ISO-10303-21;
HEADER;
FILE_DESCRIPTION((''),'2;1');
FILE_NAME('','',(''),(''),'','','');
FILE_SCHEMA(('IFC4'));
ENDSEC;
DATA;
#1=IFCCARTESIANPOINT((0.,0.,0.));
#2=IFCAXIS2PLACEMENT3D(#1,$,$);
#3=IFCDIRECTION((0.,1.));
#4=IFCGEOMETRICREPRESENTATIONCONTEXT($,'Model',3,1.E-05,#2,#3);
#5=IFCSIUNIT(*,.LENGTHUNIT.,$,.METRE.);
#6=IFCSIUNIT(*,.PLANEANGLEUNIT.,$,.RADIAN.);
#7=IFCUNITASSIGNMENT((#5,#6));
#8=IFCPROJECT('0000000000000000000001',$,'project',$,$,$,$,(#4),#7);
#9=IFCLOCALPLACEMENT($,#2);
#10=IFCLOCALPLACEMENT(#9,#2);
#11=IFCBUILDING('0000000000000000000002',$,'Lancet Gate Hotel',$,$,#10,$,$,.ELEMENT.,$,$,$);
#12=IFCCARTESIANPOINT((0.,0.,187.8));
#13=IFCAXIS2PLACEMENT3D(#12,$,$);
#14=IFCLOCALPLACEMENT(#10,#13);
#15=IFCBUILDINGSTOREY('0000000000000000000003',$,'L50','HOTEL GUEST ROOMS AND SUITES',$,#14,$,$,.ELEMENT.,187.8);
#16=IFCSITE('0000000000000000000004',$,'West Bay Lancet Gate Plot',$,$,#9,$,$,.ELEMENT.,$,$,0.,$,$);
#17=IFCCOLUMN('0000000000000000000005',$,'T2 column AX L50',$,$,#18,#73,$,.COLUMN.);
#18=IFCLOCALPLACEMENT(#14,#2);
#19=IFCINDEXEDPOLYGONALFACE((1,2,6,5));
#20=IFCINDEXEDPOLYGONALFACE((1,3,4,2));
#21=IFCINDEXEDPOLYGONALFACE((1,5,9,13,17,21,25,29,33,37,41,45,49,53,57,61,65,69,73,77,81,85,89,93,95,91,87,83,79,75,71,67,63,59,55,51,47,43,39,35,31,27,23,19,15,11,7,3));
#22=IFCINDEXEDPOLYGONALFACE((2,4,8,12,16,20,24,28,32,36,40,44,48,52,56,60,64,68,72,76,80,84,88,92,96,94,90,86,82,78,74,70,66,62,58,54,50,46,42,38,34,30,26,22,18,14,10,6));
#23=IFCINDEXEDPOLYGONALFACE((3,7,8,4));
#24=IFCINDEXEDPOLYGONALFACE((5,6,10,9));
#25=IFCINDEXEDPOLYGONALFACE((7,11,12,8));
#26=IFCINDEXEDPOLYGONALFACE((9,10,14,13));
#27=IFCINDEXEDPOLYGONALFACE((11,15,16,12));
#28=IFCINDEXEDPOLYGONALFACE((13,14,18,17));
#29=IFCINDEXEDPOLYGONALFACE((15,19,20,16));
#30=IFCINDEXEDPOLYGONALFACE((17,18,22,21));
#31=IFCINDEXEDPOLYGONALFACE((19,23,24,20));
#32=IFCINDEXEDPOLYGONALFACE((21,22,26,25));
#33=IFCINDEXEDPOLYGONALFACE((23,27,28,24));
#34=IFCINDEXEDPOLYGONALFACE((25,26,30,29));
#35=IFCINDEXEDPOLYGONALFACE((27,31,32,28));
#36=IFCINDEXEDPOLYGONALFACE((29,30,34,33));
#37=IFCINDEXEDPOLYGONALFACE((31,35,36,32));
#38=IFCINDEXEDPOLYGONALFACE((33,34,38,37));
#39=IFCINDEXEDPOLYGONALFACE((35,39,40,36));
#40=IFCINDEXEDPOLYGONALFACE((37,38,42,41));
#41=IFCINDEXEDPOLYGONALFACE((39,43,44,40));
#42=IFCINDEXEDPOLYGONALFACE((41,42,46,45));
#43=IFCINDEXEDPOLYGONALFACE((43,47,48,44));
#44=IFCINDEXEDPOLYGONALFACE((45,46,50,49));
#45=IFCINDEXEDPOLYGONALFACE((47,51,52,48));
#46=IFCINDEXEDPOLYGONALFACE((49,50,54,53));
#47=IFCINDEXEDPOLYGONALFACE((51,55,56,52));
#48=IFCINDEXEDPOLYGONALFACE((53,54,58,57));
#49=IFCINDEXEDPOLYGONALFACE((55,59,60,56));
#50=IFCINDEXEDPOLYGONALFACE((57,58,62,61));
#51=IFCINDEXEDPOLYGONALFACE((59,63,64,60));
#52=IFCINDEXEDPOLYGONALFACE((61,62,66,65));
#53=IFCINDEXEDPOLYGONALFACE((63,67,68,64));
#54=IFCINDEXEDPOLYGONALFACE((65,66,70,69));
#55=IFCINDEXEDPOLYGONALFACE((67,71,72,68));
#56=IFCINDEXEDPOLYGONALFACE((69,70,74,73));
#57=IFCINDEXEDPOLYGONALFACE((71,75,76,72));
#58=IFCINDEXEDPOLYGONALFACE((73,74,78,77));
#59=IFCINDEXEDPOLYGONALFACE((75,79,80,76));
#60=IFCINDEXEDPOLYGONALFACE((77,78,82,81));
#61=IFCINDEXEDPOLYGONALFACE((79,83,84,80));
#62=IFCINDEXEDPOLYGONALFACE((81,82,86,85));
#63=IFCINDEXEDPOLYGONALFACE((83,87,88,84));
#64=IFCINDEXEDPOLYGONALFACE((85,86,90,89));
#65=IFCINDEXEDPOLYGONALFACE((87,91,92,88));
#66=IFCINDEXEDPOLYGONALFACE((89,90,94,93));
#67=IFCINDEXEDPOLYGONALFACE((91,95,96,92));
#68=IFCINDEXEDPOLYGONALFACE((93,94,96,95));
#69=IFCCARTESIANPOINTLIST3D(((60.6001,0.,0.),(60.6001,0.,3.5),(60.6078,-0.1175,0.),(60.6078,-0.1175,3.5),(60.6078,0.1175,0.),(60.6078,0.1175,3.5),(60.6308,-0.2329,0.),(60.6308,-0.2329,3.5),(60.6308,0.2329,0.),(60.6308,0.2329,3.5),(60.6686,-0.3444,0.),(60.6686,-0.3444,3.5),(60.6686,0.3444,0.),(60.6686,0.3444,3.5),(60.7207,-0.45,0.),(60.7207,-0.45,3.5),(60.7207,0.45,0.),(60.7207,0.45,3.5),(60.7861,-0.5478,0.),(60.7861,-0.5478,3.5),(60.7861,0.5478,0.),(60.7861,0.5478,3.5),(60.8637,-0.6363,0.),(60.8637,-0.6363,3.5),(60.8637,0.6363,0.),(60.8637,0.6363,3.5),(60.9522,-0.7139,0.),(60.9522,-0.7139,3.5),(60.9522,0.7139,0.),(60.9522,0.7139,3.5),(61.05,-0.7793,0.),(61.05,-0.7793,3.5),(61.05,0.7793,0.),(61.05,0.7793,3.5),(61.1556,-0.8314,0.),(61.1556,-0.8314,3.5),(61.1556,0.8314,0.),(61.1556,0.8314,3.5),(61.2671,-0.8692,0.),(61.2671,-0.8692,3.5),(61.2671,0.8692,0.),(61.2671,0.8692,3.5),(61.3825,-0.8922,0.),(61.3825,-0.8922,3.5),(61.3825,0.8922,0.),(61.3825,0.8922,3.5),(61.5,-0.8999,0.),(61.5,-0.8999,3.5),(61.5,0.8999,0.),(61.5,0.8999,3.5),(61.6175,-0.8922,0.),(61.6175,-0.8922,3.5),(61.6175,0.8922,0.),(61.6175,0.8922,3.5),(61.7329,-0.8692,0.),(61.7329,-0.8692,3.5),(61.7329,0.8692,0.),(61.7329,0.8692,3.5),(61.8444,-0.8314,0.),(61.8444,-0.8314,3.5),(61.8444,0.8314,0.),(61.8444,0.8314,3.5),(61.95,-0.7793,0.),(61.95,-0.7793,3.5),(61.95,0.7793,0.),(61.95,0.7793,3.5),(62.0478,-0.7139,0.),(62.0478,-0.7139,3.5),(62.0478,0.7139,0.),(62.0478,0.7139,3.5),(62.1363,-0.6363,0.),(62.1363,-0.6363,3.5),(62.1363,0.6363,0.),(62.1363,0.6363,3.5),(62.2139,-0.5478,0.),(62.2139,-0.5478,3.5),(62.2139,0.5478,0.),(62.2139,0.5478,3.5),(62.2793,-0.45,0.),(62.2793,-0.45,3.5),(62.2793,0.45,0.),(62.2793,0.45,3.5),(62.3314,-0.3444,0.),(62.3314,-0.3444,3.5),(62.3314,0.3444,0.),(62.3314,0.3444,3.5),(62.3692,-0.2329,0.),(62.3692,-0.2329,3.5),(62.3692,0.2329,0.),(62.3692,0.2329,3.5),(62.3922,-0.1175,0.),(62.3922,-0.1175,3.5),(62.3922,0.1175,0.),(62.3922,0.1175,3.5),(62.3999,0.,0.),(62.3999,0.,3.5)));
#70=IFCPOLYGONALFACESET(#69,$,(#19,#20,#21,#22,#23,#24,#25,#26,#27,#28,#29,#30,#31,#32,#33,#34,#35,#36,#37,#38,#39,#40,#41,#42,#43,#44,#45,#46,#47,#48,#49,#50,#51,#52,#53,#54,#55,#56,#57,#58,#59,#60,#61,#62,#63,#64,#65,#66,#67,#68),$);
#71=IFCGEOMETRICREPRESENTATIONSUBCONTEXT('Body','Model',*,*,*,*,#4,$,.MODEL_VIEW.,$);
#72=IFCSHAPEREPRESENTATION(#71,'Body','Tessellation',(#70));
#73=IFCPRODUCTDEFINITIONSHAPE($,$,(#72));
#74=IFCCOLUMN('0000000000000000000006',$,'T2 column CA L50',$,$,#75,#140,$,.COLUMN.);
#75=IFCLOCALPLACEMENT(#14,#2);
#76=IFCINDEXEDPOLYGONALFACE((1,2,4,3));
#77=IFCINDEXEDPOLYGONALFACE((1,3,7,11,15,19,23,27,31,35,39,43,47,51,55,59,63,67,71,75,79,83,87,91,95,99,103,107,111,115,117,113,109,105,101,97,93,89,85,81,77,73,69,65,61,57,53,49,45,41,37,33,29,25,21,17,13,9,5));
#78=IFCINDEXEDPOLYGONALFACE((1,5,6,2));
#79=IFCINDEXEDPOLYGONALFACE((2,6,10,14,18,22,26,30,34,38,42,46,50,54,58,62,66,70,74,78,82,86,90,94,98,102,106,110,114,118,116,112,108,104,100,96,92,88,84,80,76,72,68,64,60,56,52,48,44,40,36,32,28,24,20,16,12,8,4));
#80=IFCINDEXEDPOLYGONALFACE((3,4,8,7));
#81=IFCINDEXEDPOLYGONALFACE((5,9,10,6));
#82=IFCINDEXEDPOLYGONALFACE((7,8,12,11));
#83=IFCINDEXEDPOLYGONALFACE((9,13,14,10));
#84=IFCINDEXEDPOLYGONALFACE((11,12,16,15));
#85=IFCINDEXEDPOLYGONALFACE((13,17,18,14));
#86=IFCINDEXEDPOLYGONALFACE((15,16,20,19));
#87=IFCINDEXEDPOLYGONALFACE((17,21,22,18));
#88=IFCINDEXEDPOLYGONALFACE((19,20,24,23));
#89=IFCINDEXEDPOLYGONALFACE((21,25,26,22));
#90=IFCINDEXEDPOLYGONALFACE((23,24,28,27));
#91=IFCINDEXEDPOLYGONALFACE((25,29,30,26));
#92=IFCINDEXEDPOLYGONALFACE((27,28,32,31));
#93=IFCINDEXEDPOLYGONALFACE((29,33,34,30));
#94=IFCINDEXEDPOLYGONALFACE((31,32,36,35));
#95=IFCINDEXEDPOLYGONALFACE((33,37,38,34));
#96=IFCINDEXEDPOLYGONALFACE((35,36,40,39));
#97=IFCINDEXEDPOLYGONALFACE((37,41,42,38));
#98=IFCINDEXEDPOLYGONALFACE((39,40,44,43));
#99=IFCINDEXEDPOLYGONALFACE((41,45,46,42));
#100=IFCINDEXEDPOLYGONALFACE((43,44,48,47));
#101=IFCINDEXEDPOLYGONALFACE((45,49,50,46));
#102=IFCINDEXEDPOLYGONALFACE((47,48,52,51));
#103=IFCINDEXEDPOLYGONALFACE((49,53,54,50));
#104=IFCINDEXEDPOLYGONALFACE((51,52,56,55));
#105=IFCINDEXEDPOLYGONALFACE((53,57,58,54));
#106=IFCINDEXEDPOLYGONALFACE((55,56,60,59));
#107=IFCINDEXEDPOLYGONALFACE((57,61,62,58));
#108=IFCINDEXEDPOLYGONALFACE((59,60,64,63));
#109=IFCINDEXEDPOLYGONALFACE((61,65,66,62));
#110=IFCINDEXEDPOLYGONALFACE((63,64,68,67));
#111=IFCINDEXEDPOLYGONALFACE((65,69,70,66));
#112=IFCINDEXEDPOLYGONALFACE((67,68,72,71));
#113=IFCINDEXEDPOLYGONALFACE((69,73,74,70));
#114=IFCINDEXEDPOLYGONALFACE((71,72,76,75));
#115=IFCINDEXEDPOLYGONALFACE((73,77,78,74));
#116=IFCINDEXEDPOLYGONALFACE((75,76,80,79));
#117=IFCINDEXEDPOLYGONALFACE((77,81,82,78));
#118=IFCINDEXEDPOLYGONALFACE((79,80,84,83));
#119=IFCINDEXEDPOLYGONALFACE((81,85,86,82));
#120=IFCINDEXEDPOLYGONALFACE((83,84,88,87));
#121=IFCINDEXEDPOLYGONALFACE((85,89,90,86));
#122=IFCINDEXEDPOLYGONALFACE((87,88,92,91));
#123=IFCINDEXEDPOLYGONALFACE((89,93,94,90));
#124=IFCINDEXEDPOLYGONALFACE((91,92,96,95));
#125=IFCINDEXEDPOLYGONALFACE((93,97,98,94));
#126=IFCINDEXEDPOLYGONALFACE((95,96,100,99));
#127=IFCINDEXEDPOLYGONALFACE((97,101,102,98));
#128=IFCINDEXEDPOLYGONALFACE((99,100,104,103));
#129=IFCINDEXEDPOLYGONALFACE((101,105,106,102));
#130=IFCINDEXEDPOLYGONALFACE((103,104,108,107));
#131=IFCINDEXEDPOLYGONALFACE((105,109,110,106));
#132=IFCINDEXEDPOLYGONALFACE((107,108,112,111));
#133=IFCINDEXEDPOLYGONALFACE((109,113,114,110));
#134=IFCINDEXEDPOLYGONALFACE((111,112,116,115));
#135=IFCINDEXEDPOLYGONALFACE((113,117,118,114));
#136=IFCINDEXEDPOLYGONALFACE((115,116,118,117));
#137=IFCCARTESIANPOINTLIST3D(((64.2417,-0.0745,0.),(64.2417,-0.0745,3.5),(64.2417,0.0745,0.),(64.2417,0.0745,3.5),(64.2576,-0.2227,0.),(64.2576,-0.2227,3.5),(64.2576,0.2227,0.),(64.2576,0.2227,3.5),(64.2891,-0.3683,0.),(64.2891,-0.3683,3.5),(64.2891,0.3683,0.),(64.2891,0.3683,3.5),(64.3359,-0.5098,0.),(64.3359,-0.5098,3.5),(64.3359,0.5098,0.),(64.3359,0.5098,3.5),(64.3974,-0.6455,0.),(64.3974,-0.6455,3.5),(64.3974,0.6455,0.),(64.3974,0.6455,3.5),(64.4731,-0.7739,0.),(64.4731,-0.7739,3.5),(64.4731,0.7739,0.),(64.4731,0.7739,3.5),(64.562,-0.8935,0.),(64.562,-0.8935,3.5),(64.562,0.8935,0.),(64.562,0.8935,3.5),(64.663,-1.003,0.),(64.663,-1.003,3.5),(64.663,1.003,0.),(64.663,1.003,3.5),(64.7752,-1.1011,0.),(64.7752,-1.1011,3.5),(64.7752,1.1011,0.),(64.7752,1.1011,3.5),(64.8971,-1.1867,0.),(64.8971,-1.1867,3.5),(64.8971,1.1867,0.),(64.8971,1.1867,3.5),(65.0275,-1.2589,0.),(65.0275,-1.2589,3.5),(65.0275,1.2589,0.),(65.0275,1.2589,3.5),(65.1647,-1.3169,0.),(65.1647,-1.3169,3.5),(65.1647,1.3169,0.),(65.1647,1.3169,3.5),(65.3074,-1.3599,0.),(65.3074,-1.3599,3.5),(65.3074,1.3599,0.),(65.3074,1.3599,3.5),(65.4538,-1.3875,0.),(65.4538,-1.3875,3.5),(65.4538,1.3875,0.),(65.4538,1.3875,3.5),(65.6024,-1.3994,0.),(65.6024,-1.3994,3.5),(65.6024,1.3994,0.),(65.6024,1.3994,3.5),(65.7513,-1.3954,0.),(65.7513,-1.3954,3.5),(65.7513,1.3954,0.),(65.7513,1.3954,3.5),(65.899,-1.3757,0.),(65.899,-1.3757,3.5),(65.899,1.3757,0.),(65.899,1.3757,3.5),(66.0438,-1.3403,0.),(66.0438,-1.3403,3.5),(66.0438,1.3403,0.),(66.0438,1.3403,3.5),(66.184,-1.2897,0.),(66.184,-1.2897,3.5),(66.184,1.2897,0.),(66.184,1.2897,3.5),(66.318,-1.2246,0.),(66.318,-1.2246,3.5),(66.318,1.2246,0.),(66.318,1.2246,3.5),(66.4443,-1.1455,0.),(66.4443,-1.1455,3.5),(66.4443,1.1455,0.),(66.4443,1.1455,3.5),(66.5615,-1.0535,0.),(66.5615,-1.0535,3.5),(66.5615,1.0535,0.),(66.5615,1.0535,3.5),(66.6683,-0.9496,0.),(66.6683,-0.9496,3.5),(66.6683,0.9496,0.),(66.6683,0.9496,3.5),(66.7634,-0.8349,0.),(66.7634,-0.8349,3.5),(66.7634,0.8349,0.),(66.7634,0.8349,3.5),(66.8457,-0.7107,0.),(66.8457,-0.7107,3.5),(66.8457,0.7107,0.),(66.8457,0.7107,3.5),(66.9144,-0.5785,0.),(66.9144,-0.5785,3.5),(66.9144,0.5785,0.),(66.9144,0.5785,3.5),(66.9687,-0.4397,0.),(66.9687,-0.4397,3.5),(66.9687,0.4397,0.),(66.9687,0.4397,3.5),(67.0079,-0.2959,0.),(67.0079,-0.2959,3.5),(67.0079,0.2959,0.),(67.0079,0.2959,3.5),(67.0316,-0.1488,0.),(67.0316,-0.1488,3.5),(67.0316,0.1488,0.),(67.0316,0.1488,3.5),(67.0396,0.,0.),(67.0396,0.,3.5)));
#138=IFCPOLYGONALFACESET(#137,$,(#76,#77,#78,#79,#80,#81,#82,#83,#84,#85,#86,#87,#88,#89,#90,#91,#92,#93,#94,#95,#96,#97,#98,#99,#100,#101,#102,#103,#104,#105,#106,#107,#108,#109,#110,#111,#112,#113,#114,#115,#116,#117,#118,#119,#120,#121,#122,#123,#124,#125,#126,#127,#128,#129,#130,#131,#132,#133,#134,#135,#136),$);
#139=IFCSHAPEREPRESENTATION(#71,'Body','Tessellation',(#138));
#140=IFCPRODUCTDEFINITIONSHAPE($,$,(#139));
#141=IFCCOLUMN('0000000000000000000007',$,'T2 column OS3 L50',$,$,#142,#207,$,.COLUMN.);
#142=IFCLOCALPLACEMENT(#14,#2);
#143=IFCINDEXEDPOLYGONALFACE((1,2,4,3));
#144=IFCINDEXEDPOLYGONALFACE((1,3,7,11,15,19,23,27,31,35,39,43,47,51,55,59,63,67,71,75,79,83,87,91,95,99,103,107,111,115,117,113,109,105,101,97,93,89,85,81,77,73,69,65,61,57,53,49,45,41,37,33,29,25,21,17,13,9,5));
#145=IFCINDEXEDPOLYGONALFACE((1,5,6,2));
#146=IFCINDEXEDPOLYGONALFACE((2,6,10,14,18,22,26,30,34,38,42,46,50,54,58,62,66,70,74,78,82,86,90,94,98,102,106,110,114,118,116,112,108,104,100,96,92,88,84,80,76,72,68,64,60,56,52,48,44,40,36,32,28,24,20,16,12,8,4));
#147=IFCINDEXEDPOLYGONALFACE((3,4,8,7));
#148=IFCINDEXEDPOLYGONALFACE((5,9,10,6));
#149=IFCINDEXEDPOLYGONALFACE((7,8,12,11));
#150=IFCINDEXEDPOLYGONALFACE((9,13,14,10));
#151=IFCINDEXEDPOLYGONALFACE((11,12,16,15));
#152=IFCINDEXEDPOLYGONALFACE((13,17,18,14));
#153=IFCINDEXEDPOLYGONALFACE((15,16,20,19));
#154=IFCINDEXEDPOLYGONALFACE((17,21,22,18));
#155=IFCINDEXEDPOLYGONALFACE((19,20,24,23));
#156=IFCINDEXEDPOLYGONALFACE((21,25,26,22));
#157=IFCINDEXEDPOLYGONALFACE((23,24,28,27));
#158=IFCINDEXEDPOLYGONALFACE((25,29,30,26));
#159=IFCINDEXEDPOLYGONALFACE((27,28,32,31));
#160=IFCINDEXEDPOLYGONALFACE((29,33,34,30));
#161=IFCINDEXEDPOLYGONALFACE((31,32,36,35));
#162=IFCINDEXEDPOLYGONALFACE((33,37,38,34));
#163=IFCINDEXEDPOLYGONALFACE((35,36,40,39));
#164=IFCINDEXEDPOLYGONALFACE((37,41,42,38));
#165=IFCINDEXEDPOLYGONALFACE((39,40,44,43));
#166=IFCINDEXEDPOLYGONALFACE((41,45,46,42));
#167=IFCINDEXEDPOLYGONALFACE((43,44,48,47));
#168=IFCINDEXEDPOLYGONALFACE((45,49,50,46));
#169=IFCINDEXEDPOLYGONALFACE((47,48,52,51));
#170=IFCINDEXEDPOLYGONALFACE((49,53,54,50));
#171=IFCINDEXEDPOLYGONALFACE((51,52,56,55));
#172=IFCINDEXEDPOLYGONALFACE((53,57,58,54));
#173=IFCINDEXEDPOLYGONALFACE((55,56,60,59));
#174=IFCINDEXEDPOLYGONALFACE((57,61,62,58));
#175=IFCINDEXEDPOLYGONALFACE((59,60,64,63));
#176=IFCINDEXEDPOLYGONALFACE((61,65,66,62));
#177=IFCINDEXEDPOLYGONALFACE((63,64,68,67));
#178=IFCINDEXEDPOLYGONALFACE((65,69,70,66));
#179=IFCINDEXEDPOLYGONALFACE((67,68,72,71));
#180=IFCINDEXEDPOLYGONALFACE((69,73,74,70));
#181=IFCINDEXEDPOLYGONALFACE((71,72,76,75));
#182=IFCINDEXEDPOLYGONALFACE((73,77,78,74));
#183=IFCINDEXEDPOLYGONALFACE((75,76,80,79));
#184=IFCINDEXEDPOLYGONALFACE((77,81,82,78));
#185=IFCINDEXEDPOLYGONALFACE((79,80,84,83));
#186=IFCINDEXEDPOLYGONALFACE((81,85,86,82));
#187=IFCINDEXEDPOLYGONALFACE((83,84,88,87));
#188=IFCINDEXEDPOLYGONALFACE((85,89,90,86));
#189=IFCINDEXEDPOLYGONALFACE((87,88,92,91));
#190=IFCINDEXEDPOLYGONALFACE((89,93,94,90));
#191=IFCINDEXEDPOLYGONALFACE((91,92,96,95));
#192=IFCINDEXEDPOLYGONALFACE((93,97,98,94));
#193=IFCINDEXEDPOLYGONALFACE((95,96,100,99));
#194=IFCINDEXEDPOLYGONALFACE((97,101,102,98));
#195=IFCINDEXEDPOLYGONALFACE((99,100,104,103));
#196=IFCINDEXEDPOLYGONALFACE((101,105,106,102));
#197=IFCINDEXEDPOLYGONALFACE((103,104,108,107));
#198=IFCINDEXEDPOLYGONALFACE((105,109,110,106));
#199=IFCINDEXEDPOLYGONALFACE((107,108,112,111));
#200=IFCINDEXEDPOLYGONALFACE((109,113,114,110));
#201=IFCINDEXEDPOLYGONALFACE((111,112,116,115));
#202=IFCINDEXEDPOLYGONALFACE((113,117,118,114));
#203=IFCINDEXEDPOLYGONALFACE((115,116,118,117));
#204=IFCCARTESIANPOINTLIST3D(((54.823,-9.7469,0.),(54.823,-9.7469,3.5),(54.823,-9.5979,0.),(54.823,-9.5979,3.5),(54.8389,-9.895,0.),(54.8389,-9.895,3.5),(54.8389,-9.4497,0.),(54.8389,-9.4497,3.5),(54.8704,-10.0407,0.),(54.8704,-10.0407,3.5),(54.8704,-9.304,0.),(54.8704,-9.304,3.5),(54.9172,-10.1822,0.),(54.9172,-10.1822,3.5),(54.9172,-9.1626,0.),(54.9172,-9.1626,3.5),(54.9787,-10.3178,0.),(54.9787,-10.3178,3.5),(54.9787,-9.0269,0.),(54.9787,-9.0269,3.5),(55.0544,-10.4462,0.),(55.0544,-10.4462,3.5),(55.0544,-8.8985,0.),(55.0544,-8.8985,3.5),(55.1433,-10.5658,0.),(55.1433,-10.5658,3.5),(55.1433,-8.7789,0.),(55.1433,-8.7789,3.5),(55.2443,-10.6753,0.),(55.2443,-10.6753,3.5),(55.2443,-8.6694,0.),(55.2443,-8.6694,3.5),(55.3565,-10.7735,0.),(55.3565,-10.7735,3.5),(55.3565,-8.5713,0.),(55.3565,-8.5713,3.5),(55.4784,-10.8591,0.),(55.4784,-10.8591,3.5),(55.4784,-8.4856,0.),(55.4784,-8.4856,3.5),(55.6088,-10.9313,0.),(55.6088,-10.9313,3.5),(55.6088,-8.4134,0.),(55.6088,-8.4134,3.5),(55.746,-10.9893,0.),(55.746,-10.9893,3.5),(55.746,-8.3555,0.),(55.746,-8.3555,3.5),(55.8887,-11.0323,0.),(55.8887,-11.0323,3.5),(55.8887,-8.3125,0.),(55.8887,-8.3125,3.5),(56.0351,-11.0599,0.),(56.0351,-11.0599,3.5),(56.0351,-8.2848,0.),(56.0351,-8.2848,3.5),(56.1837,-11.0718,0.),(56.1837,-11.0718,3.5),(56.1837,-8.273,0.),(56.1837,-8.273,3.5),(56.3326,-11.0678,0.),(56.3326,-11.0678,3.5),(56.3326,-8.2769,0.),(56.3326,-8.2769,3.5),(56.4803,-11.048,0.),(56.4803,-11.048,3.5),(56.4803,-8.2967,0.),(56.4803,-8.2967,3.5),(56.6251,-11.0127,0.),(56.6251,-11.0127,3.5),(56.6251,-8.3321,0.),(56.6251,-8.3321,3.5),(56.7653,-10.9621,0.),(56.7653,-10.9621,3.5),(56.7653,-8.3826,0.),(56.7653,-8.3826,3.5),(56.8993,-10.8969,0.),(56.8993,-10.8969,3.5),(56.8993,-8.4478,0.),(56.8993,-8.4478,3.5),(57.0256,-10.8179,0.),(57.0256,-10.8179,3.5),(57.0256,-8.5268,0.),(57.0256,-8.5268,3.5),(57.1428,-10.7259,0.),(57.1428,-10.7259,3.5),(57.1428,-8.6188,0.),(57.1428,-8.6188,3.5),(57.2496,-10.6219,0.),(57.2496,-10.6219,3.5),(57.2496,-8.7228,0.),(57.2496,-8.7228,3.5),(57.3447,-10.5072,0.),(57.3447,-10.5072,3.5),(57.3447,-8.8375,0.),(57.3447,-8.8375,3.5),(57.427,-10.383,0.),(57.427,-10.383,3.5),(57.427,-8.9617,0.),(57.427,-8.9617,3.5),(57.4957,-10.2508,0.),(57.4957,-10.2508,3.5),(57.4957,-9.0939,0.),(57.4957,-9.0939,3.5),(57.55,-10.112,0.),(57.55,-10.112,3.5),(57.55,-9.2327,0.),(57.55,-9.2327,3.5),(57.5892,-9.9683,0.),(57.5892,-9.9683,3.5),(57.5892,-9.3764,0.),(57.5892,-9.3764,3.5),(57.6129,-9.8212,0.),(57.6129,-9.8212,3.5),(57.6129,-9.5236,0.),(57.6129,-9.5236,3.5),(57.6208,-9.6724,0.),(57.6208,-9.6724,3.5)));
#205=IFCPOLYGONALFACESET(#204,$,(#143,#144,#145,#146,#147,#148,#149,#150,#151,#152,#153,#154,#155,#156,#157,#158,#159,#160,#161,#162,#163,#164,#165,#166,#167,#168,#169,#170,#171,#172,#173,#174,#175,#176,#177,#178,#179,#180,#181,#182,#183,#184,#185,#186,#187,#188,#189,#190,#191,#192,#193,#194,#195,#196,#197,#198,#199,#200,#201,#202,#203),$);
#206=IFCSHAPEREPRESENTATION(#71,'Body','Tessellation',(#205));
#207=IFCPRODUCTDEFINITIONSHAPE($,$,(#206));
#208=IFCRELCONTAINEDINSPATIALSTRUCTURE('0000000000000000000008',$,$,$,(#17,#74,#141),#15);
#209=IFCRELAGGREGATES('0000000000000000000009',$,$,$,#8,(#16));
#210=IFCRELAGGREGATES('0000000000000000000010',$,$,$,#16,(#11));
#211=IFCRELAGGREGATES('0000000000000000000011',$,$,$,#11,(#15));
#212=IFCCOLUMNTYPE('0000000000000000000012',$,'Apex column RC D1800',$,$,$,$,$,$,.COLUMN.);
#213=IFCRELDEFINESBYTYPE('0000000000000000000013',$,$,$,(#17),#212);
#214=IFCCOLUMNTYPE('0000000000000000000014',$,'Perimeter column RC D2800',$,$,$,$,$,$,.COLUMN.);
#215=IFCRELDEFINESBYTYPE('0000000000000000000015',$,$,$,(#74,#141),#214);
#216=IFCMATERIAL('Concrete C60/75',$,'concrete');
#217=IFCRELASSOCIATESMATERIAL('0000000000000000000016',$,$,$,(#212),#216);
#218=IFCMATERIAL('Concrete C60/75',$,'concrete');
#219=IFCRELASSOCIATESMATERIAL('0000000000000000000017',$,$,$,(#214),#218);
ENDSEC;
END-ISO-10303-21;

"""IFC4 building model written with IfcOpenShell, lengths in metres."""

from ifc_helpers import new_model, si_unit, direction, frame, origin, origin_2d, place, context, subcontext, project, spatial, circle, extrude, material, material_profile, profile_set, type_object, element, save


model = new_model("IFC4")

# Units and contexts
model_context = context("Model", 3, precision=1e-05, world=origin(), true_north=direction((0.0, 1.0)))
body_context = subcontext(model_context, "Body", "Model", "MODEL_VIEW")
ifc_project = project(units=[si_unit("LENGTHUNIT", "METRE"), si_unit("PLANEANGLEUNIT", "RADIAN")], contexts=[model_context])

# Site, building, storey
site_placement = place(None, origin())
site = spatial("IfcSite", under=ifc_project, at=site_placement, Name="West Bay Lancet Gate Plot", CompositionType="ELEMENT", RefElevation=0.0)
building_placement = place(site_placement, origin())
building = spatial("IfcBuilding", under=site, at=building_placement, Name="Lancet Gate Hotel", CompositionType="ELEMENT")
storey_placement = place(building_placement, frame((0.0, 0.0, 187.8)))
storey = spatial("IfcBuildingStorey", under=building, at=storey_placement, Name="L50", Description="HOTEL GUEST ROOMS AND SUITES", CompositionType="ELEMENT", Elevation=187.8)

# Columns
ifc_material_1 = material(Name="Concrete C60/75", Category="concrete")
ifc_material_profile_1 = material_profile(ifc_material_1, circle(Radius=0.8999, at=origin_2d()), Name="RC D1800")
ifc_profile_set_1 = profile_set([ifc_material_profile_1], Name="Concrete C60/75")
column_type_1 = type_object("IfcColumnType", Name="Apex column RC D1800", PredefinedType="COLUMN", material=ifc_profile_set_1)
column_placement = place(storey_placement, frame((61.5, 0.0, 0.0), z_axis=(0.0, 0.0, 1.0), x_axis=(1.0, 0.0, 0.0)))
element("IfcColumn", 1, at=column_placement, inside=storey, type_object=column_type_1, Name="T2 column AX L50", PredefinedType="COLUMN", context=body_context, shape_type="SweptSolid", body=[
    extrude(circle(Radius=0.8999, at=origin_2d()), origin(), (0.0, 0.0, 1.0), 3.5),
])
ifc_material_2 = material(Name="Concrete C60/75", Category="concrete")
ifc_material_profile_2 = material_profile(ifc_material_2, circle(Radius=1.3999, at=origin_2d()), Name="RC D2800")
ifc_profile_set_2 = profile_set([ifc_material_profile_2], Name="Concrete C60/75")
column_type_2 = type_object("IfcColumnType", Name="Perimeter column RC D2800", PredefinedType="COLUMN", material=ifc_profile_set_2)
for number, where, z_axis, x_axis, name in (
    (2, (65.6396, 0.0, 0.0), (0.0, 0.0, 1.0), (1.0, 0.0, 0.0), "T2 column CA L50"),
    (3, (56.2209, -9.6724, 0.0), (0.0, 0.0, 1.0), (1.0, 0.0, 0.0), "T2 column OS3 L50"),
):
    element("IfcColumn", number, at=place(storey_placement, frame(where, z_axis=z_axis, x_axis=x_axis)), inside=storey, type_object=column_type_2, Name=name, PredefinedType="COLUMN", context=body_context, shape_type="SweptSolid", body=[
        extrude(circle(Radius=1.3999, at=origin_2d()), origin(), (0.0, 0.0, 1.0), 3.5),
    ])

save(model, "model.ifc")
